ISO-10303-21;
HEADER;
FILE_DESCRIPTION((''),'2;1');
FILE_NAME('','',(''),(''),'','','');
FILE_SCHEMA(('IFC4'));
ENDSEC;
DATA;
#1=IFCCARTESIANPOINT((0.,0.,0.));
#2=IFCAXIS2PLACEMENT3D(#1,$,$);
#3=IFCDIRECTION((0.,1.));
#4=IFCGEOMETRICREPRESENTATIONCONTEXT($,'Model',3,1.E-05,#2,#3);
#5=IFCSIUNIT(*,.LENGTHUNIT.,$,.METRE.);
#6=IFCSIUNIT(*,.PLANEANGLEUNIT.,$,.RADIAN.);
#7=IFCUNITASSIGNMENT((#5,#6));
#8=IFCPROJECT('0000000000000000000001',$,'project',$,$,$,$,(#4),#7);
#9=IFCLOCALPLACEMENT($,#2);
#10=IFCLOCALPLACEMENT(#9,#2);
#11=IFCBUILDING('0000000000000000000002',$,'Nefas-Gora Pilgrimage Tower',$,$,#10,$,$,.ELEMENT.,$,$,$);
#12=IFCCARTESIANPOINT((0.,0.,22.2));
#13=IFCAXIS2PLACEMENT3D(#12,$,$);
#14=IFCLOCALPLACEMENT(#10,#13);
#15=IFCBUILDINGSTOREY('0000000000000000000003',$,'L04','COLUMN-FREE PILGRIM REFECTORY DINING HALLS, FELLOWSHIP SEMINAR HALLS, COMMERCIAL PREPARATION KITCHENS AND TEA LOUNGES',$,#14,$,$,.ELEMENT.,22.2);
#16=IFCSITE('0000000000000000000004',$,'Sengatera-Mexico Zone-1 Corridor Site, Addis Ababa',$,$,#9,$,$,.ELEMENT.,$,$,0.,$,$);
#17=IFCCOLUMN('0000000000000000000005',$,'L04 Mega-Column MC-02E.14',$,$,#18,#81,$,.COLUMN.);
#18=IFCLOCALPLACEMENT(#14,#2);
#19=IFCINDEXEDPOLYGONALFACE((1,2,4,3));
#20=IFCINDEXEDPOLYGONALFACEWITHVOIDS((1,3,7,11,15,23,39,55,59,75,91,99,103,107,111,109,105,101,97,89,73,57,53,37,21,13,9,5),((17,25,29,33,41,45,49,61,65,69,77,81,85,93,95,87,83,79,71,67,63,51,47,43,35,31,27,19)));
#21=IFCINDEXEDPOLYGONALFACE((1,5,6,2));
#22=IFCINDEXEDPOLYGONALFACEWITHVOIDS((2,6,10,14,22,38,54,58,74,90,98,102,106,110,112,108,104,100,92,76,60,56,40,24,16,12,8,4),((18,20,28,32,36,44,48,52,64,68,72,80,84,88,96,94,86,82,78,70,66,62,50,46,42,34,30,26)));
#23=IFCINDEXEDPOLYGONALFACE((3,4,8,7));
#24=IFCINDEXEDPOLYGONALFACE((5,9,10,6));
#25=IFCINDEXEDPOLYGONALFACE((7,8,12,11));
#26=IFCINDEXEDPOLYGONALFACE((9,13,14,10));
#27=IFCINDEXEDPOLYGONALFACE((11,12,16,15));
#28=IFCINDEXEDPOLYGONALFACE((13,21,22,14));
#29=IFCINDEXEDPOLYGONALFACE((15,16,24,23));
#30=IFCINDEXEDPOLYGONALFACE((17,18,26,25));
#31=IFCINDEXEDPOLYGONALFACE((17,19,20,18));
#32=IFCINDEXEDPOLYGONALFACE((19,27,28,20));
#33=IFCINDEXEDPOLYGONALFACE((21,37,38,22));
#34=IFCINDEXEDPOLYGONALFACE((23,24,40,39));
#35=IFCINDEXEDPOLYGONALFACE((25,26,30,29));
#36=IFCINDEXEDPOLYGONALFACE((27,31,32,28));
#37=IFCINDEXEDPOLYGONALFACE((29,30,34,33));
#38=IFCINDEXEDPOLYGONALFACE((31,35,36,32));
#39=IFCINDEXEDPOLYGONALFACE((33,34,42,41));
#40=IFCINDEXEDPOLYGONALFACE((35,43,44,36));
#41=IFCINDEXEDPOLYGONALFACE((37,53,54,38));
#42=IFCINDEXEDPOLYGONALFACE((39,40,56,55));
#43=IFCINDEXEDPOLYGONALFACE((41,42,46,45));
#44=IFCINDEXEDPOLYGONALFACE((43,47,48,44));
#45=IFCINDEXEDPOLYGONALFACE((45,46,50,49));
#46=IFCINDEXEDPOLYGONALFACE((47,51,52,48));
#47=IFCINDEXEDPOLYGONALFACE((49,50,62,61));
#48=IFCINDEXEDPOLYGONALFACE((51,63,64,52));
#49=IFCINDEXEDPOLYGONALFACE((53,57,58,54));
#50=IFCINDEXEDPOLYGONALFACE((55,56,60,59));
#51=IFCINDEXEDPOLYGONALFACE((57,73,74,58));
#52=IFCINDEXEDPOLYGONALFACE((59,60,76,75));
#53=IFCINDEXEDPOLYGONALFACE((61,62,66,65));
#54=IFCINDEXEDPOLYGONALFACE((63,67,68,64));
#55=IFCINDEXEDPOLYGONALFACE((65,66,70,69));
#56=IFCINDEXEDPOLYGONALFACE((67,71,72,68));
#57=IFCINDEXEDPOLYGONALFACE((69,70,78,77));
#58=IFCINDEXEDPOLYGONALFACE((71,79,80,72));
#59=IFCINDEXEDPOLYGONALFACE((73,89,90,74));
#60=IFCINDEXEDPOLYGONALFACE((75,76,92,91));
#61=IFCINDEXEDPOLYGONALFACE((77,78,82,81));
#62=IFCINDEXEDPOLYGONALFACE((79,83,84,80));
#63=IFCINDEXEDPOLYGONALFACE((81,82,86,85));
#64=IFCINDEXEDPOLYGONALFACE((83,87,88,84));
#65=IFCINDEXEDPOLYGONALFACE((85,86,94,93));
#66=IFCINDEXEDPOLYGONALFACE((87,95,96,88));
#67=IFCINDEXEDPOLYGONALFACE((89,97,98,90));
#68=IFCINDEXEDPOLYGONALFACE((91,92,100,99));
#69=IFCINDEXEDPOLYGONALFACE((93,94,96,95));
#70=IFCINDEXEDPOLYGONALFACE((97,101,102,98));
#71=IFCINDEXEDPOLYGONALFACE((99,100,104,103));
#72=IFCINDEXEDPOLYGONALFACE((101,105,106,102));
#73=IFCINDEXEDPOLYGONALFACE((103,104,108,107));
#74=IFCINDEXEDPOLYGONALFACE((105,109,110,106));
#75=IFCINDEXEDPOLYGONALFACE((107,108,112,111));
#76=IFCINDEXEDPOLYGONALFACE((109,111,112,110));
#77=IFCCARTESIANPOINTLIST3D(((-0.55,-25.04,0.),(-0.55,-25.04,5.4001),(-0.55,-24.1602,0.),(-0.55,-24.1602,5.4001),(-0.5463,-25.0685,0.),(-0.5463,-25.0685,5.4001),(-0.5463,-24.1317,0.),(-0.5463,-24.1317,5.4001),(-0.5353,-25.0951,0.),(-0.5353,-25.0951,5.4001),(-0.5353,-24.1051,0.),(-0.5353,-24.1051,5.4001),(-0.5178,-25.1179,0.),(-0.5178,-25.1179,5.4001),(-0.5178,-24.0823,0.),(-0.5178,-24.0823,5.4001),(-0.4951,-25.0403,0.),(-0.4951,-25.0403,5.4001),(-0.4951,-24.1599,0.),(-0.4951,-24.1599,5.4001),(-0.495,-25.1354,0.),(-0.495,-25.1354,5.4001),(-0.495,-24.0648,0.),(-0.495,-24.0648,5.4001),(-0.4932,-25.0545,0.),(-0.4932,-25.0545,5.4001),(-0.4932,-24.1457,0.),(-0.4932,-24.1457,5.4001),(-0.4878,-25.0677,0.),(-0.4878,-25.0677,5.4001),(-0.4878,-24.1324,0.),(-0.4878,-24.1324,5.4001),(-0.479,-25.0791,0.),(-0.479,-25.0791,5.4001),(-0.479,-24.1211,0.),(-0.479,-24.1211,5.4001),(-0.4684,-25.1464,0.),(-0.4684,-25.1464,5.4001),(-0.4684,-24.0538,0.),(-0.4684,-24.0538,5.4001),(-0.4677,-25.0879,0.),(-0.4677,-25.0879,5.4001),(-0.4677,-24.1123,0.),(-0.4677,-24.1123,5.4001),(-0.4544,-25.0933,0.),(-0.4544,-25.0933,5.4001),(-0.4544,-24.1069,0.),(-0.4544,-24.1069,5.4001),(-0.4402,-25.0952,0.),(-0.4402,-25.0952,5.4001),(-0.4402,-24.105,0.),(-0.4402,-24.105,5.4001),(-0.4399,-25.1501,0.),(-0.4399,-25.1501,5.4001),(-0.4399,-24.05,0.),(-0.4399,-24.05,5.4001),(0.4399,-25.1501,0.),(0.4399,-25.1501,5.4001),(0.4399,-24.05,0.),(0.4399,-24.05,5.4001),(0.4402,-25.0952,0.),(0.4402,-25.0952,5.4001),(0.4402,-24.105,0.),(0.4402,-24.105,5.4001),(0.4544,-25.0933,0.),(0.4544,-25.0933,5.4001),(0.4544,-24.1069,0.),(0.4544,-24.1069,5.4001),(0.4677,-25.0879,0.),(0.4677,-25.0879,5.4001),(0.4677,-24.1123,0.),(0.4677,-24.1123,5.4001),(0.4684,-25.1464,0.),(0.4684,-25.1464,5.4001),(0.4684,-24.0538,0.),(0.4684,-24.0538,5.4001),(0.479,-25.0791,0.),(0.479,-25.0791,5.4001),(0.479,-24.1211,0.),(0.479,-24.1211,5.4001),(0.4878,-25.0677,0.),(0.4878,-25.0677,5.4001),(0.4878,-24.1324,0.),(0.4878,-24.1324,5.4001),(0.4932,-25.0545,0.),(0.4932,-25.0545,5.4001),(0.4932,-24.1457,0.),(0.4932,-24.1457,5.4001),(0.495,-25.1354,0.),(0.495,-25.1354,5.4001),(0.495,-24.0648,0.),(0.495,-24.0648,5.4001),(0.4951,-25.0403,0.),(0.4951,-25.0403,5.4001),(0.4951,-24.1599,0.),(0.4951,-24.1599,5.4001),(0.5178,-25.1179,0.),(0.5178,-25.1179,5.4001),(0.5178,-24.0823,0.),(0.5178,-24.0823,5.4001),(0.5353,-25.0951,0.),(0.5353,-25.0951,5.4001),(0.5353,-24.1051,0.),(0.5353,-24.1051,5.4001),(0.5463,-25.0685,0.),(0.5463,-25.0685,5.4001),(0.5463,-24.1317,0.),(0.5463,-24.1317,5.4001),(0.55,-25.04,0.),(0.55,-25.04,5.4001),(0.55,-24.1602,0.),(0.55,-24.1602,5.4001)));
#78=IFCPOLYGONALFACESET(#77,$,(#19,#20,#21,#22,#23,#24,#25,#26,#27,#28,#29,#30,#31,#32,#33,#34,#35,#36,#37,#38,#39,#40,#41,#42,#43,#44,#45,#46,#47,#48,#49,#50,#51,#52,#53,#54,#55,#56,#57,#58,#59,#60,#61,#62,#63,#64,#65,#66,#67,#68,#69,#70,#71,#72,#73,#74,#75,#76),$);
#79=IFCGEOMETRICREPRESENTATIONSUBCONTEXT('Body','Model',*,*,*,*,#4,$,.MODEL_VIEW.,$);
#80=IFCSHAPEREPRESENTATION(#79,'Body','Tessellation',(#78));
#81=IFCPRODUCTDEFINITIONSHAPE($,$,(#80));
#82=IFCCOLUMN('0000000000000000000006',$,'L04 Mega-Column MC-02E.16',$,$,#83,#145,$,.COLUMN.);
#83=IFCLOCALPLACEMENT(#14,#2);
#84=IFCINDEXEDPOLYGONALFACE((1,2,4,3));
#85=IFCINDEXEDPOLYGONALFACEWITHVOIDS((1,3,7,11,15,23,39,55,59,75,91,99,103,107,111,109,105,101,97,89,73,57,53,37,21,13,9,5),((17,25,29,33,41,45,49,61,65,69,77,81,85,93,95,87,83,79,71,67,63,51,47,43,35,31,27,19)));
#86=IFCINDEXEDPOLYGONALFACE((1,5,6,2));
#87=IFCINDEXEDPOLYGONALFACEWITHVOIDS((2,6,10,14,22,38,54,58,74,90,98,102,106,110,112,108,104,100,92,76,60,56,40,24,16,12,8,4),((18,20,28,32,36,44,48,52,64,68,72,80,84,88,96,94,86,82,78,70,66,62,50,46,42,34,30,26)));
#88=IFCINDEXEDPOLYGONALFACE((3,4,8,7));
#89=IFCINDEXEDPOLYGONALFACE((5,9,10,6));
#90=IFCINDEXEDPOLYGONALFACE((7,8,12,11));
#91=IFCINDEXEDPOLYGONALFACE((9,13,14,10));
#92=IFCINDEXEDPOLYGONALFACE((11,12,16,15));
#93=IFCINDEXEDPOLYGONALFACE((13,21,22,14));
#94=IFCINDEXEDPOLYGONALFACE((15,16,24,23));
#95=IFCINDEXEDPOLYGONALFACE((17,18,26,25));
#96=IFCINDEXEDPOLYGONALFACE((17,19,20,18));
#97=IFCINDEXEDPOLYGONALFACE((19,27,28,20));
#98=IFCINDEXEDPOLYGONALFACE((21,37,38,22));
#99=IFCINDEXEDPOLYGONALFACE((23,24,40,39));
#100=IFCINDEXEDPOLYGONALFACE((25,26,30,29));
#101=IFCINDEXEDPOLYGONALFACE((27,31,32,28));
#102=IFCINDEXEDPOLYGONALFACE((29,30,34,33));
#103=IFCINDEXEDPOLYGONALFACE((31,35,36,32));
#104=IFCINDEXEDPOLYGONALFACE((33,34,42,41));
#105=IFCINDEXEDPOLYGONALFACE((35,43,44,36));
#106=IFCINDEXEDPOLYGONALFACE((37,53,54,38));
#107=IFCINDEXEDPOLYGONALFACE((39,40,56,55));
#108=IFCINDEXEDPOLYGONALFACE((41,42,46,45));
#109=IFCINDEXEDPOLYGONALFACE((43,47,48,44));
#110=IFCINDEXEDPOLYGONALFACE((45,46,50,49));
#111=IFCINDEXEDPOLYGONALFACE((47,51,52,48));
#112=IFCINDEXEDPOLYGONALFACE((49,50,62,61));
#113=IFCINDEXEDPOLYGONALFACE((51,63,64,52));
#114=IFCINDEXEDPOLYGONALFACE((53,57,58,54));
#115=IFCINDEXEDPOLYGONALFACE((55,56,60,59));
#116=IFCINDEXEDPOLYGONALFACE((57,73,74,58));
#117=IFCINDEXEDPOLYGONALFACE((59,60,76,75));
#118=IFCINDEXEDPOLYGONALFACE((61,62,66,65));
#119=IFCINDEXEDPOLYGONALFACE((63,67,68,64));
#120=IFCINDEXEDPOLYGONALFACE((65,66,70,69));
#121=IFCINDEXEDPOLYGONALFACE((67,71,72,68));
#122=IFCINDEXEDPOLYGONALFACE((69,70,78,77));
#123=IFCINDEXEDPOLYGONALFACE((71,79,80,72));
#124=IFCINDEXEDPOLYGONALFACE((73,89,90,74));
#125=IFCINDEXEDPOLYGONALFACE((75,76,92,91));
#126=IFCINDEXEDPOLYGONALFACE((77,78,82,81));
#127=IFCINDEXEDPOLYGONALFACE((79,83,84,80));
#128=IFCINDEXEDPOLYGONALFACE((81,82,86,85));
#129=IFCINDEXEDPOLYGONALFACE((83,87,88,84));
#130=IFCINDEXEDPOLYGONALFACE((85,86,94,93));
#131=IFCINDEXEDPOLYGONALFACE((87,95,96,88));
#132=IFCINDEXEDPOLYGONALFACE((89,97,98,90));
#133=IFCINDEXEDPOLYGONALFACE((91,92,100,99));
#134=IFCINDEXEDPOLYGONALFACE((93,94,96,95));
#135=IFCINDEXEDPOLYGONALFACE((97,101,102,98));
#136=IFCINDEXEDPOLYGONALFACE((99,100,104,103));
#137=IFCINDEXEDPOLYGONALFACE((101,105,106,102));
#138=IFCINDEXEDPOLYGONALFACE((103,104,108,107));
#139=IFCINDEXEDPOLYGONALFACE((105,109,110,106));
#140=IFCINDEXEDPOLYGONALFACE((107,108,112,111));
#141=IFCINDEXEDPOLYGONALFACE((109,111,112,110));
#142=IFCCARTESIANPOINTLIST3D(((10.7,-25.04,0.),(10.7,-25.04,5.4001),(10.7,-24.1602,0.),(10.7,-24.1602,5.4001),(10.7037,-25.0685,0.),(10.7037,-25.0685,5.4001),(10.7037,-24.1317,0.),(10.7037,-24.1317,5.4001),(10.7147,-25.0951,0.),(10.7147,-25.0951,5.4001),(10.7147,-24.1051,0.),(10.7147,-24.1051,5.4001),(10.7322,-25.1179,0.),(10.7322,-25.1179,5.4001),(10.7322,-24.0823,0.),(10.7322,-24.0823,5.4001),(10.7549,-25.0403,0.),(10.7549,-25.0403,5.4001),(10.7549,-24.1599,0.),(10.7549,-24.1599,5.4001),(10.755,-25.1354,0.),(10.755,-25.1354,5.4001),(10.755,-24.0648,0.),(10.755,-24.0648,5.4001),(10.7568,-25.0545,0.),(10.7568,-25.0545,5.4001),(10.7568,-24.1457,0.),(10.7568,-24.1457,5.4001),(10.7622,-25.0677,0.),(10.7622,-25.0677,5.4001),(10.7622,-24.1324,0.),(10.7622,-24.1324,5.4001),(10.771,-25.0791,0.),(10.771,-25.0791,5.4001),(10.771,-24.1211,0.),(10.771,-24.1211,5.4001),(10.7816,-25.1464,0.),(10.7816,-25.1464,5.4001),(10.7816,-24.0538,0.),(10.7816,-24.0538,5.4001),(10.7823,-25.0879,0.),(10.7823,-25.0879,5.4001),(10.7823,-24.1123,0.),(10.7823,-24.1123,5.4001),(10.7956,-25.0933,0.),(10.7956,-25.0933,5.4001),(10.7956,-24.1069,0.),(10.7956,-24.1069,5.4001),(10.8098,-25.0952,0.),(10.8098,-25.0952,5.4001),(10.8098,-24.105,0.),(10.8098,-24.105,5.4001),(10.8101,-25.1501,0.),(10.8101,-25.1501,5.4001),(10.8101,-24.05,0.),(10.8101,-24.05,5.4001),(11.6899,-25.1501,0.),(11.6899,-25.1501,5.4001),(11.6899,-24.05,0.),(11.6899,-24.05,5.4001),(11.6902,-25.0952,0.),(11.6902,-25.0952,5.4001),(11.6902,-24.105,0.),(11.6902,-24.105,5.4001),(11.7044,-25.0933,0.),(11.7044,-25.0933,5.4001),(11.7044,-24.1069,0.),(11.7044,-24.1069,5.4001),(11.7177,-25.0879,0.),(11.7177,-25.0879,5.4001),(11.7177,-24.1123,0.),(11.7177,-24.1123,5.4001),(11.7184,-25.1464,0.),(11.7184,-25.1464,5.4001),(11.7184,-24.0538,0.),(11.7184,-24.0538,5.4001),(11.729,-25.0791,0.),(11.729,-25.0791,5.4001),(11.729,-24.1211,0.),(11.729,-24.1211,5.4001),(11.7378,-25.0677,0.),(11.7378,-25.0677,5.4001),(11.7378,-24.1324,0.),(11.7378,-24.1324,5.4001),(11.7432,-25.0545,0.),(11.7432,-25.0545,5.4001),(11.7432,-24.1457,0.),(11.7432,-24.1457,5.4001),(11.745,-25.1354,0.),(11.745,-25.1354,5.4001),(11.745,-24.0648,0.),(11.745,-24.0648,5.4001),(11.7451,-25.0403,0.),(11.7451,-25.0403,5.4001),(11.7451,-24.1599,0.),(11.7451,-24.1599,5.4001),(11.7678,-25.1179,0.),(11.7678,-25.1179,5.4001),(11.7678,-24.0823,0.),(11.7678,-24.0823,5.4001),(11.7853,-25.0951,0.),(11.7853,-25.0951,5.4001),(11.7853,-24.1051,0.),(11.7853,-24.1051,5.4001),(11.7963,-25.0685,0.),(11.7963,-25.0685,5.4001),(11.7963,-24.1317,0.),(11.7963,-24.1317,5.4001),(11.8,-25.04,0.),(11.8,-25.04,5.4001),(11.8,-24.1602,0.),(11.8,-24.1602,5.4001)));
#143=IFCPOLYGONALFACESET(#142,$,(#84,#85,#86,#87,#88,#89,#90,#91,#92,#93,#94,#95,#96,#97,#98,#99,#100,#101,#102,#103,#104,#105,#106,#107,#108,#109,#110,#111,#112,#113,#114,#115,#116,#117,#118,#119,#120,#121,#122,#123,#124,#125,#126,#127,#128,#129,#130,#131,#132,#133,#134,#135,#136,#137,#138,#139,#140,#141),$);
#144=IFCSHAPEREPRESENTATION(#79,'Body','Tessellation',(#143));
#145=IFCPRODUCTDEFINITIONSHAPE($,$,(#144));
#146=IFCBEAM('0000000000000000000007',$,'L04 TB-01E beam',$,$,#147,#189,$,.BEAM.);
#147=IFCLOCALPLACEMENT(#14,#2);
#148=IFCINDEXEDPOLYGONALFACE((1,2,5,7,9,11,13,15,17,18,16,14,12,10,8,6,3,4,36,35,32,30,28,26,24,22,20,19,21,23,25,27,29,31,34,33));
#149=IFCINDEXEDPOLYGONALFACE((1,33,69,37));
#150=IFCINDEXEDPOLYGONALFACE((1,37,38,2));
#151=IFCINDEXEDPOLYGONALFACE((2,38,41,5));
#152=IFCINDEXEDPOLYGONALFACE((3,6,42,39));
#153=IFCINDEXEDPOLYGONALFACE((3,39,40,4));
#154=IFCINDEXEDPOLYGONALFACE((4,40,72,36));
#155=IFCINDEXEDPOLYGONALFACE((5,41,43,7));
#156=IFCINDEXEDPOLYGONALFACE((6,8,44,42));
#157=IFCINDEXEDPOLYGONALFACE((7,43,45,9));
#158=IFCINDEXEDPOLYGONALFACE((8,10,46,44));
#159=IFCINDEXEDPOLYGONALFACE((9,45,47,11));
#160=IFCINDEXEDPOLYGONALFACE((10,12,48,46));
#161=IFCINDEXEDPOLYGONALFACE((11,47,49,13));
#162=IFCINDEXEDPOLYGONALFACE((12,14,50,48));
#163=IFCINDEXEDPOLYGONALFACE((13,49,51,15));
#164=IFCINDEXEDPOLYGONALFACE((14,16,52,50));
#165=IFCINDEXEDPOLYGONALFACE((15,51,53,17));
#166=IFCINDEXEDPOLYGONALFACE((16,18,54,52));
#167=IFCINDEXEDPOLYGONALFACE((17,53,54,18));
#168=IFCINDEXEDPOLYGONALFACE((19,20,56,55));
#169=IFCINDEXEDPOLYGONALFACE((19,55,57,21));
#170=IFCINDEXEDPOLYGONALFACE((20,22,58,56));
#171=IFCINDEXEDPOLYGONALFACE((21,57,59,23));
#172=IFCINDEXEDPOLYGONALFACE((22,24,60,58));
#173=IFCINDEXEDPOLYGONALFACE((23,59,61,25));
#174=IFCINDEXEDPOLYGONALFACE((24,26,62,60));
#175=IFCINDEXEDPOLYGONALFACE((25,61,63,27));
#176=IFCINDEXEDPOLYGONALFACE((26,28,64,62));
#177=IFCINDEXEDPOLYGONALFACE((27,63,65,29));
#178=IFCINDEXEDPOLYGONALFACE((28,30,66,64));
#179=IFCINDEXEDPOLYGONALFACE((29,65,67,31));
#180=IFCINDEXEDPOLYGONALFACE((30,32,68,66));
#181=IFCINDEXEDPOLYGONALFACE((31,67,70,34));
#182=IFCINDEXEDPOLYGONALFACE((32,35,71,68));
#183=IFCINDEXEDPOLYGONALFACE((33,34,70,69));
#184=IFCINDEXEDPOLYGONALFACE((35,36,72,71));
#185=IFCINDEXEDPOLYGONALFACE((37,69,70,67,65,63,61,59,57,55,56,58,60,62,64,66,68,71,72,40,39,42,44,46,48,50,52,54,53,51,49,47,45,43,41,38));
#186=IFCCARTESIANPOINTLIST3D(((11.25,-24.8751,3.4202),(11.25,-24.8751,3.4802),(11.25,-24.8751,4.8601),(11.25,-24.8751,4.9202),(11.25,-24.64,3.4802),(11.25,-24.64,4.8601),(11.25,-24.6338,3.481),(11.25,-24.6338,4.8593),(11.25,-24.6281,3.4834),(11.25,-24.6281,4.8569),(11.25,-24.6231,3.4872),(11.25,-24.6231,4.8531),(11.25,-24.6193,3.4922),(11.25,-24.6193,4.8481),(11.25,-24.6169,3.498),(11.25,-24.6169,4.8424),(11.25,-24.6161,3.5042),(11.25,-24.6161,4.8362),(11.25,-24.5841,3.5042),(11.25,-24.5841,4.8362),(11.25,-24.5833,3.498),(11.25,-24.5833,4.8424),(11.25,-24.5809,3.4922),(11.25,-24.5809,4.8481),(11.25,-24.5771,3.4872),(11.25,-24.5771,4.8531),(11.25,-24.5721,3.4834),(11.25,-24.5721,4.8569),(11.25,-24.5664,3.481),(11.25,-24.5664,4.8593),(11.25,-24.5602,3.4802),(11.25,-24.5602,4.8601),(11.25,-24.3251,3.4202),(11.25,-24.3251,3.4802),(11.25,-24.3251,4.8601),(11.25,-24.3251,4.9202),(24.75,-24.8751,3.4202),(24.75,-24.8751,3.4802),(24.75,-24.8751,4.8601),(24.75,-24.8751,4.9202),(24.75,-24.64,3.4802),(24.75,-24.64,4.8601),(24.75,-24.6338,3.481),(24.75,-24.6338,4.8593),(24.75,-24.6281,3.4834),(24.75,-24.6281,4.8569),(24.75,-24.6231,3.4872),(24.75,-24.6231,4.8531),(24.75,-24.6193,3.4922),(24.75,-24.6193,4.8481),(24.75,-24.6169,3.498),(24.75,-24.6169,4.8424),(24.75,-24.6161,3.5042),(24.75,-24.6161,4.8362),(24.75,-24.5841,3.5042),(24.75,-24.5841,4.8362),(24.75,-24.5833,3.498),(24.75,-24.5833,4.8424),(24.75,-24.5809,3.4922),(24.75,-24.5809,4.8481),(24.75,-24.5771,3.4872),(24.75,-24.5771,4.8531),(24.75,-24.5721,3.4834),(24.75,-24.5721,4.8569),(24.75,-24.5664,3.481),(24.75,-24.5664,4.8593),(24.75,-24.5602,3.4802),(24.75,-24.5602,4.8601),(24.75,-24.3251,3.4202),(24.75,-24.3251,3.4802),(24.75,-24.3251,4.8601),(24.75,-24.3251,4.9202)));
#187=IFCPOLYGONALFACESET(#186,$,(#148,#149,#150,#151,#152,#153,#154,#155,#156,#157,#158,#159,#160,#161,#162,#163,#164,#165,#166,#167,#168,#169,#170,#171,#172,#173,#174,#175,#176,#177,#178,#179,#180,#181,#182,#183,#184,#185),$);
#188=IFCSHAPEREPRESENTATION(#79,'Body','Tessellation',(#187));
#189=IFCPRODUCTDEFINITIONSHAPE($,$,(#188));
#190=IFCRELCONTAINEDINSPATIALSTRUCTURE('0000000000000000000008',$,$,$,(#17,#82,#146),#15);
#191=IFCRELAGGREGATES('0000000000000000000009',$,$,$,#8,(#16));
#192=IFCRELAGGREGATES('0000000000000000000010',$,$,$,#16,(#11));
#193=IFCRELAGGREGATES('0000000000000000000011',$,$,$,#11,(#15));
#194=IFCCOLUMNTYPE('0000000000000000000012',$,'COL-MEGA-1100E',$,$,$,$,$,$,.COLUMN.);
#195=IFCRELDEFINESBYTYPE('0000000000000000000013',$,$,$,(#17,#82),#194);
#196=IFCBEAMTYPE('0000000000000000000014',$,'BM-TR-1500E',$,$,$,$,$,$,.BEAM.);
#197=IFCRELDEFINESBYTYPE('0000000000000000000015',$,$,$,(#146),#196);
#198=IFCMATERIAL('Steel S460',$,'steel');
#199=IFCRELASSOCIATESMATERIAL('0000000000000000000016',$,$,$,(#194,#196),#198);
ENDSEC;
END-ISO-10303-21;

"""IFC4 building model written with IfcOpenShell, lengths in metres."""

from ifc_helpers import new_model, si_unit, direction, frame, origin, origin_2d, place, context, subcontext, project, spatial, hollow_rectangle, i_section, extrude, source, transform, mapped, material, material_profile, profile_set, type_object, element, save


model = new_model("IFC4")

# Units and contexts
model_context = context("Model", 3, precision=1e-05, world=origin(), true_north=direction((0.0, 1.0)))
body_context = subcontext(model_context, "Body", "Model", "MODEL_VIEW")
ifc_project = project(units=[si_unit("LENGTHUNIT", "METRE"), si_unit("PLANEANGLEUNIT", "RADIAN")], contexts=[model_context])

# Site, building, storey
site_placement = place(None, origin())
site = spatial("IfcSite", under=ifc_project, at=site_placement, Name="Sengatera-Mexico Zone-1 Corridor Site, Addis Ababa", CompositionType="ELEMENT", RefElevation=0.0)
building_placement = place(site_placement, origin())
building = spatial("IfcBuilding", under=site, at=building_placement, Name="Nefas-Gora Pilgrimage Tower", CompositionType="ELEMENT")
storey_placement = place(building_placement, frame((0.0, 0.0, 22.2)))
storey = spatial("IfcBuildingStorey", under=building, at=storey_placement, Name="L04", Description="COLUMN-FREE PILGRIM REFECTORY DINING HALLS, FELLOWSHIP SEMINAR HALLS, COMMERCIAL PREPARATION KITCHENS AND TEA LOUNGES", CompositionType="ELEMENT", Elevation=22.2)

# Columns
ifc_material_1 = material(Name="Steel S460", Category="steel")
ifc_material_profile_1 = material_profile(ifc_material_1, hollow_rectangle(XDim=1.1001, YDim=1.1001, WallThickness=0.0549, InnerFilletRadius=0.0549, OuterFilletRadius=0.1101, at=origin_2d()), Name="BOX 1100x1100x55")
ifc_profile_set_1 = profile_set([ifc_material_profile_1], Name="Steel S460")
column_type = type_object("IfcColumnType", Name="COL-MEGA-1100E", PredefinedType="COLUMN", material=ifc_profile_set_1)
shared_shape_1 = source(origin(), body_context, "Body", "SweptSolid", [
    extrude(hollow_rectangle(XDim=1.1001, YDim=1.1001, WallThickness=0.0549, InnerFilletRadius=0.0549, OuterFilletRadius=0.1101, at=origin_2d()), origin(), (0.0, 0.0, 1.0), 5.4001),
])
for number, where, z_axis, x_axis, name in (
    (1, (0.0, -24.6001, 0.0), (0.0, 0.0, 1.0), (1.0, 0.0, 0.0), "L04 Mega-Column MC-02E.14"),
    (2, (11.25, -24.6001, 0.0), (0.0, 0.0, 1.0), (1.0, 0.0, 0.0), "L04 Mega-Column MC-02E.16"),
):
    element("IfcColumn", number, at=place(storey_placement, frame(where, z_axis=z_axis, x_axis=x_axis)), inside=storey, type_object=column_type, Name=name, PredefinedType="COLUMN", context=body_context, shape_type="MappedRepresentation", body=[
        mapped(shared_shape_1, transform((0.0, 0.0, 0.0), x_axis=(1.0, 0.0, 0.0), y_axis=(0.0, 1.0, 0.0), z_axis=(0.0, 0.0, 1.0), scale=1.0)),
    ])

# Beam
ifc_material_profile_2 = material_profile(ifc_material_1, i_section(OverallWidth=0.55, OverallDepth=1.5, WebThickness=0.032, FlangeThickness=0.0601, FilletRadius=0.0239, at=origin_2d()), Name="WPG 1500x550x32x60")
ifc_profile_set_2 = profile_set([ifc_material_profile_2], Name="Steel S460")
beam_type_1 = type_object("IfcBeamType", Name="BM-TR-1500E", PredefinedType="BEAM", material=ifc_profile_set_2)
shared_shape_2 = source(origin(), body_context, "Body", "SweptSolid", [
    extrude(i_section(OverallWidth=0.55, OverallDepth=1.5, WebThickness=0.032, FlangeThickness=0.0601, FilletRadius=0.0239, at=origin_2d()), origin(), (0.0, 0.0, 1.0), 13.5),
])
beam_1_placement = place(storey_placement, frame((11.25, -24.6001, 4.1702), z_axis=(1.0, 0.0, 0.0), x_axis=(0.0, 1.0, 0.0)))
element("IfcBeam", 3, at=beam_1_placement, inside=storey, type_object=beam_type_1, Name="L04 TB-01E beam", PredefinedType="BEAM", context=body_context, shape_type="MappedRepresentation", body=[
    mapped(shared_shape_2, transform((0.0, 0.0, 0.0), x_axis=(1.0, 0.0, 0.0), y_axis=(0.0, 1.0, 0.0), z_axis=(0.0, 0.0, 1.0), scale=1.0)),
])

save(model, "model.ifc")
